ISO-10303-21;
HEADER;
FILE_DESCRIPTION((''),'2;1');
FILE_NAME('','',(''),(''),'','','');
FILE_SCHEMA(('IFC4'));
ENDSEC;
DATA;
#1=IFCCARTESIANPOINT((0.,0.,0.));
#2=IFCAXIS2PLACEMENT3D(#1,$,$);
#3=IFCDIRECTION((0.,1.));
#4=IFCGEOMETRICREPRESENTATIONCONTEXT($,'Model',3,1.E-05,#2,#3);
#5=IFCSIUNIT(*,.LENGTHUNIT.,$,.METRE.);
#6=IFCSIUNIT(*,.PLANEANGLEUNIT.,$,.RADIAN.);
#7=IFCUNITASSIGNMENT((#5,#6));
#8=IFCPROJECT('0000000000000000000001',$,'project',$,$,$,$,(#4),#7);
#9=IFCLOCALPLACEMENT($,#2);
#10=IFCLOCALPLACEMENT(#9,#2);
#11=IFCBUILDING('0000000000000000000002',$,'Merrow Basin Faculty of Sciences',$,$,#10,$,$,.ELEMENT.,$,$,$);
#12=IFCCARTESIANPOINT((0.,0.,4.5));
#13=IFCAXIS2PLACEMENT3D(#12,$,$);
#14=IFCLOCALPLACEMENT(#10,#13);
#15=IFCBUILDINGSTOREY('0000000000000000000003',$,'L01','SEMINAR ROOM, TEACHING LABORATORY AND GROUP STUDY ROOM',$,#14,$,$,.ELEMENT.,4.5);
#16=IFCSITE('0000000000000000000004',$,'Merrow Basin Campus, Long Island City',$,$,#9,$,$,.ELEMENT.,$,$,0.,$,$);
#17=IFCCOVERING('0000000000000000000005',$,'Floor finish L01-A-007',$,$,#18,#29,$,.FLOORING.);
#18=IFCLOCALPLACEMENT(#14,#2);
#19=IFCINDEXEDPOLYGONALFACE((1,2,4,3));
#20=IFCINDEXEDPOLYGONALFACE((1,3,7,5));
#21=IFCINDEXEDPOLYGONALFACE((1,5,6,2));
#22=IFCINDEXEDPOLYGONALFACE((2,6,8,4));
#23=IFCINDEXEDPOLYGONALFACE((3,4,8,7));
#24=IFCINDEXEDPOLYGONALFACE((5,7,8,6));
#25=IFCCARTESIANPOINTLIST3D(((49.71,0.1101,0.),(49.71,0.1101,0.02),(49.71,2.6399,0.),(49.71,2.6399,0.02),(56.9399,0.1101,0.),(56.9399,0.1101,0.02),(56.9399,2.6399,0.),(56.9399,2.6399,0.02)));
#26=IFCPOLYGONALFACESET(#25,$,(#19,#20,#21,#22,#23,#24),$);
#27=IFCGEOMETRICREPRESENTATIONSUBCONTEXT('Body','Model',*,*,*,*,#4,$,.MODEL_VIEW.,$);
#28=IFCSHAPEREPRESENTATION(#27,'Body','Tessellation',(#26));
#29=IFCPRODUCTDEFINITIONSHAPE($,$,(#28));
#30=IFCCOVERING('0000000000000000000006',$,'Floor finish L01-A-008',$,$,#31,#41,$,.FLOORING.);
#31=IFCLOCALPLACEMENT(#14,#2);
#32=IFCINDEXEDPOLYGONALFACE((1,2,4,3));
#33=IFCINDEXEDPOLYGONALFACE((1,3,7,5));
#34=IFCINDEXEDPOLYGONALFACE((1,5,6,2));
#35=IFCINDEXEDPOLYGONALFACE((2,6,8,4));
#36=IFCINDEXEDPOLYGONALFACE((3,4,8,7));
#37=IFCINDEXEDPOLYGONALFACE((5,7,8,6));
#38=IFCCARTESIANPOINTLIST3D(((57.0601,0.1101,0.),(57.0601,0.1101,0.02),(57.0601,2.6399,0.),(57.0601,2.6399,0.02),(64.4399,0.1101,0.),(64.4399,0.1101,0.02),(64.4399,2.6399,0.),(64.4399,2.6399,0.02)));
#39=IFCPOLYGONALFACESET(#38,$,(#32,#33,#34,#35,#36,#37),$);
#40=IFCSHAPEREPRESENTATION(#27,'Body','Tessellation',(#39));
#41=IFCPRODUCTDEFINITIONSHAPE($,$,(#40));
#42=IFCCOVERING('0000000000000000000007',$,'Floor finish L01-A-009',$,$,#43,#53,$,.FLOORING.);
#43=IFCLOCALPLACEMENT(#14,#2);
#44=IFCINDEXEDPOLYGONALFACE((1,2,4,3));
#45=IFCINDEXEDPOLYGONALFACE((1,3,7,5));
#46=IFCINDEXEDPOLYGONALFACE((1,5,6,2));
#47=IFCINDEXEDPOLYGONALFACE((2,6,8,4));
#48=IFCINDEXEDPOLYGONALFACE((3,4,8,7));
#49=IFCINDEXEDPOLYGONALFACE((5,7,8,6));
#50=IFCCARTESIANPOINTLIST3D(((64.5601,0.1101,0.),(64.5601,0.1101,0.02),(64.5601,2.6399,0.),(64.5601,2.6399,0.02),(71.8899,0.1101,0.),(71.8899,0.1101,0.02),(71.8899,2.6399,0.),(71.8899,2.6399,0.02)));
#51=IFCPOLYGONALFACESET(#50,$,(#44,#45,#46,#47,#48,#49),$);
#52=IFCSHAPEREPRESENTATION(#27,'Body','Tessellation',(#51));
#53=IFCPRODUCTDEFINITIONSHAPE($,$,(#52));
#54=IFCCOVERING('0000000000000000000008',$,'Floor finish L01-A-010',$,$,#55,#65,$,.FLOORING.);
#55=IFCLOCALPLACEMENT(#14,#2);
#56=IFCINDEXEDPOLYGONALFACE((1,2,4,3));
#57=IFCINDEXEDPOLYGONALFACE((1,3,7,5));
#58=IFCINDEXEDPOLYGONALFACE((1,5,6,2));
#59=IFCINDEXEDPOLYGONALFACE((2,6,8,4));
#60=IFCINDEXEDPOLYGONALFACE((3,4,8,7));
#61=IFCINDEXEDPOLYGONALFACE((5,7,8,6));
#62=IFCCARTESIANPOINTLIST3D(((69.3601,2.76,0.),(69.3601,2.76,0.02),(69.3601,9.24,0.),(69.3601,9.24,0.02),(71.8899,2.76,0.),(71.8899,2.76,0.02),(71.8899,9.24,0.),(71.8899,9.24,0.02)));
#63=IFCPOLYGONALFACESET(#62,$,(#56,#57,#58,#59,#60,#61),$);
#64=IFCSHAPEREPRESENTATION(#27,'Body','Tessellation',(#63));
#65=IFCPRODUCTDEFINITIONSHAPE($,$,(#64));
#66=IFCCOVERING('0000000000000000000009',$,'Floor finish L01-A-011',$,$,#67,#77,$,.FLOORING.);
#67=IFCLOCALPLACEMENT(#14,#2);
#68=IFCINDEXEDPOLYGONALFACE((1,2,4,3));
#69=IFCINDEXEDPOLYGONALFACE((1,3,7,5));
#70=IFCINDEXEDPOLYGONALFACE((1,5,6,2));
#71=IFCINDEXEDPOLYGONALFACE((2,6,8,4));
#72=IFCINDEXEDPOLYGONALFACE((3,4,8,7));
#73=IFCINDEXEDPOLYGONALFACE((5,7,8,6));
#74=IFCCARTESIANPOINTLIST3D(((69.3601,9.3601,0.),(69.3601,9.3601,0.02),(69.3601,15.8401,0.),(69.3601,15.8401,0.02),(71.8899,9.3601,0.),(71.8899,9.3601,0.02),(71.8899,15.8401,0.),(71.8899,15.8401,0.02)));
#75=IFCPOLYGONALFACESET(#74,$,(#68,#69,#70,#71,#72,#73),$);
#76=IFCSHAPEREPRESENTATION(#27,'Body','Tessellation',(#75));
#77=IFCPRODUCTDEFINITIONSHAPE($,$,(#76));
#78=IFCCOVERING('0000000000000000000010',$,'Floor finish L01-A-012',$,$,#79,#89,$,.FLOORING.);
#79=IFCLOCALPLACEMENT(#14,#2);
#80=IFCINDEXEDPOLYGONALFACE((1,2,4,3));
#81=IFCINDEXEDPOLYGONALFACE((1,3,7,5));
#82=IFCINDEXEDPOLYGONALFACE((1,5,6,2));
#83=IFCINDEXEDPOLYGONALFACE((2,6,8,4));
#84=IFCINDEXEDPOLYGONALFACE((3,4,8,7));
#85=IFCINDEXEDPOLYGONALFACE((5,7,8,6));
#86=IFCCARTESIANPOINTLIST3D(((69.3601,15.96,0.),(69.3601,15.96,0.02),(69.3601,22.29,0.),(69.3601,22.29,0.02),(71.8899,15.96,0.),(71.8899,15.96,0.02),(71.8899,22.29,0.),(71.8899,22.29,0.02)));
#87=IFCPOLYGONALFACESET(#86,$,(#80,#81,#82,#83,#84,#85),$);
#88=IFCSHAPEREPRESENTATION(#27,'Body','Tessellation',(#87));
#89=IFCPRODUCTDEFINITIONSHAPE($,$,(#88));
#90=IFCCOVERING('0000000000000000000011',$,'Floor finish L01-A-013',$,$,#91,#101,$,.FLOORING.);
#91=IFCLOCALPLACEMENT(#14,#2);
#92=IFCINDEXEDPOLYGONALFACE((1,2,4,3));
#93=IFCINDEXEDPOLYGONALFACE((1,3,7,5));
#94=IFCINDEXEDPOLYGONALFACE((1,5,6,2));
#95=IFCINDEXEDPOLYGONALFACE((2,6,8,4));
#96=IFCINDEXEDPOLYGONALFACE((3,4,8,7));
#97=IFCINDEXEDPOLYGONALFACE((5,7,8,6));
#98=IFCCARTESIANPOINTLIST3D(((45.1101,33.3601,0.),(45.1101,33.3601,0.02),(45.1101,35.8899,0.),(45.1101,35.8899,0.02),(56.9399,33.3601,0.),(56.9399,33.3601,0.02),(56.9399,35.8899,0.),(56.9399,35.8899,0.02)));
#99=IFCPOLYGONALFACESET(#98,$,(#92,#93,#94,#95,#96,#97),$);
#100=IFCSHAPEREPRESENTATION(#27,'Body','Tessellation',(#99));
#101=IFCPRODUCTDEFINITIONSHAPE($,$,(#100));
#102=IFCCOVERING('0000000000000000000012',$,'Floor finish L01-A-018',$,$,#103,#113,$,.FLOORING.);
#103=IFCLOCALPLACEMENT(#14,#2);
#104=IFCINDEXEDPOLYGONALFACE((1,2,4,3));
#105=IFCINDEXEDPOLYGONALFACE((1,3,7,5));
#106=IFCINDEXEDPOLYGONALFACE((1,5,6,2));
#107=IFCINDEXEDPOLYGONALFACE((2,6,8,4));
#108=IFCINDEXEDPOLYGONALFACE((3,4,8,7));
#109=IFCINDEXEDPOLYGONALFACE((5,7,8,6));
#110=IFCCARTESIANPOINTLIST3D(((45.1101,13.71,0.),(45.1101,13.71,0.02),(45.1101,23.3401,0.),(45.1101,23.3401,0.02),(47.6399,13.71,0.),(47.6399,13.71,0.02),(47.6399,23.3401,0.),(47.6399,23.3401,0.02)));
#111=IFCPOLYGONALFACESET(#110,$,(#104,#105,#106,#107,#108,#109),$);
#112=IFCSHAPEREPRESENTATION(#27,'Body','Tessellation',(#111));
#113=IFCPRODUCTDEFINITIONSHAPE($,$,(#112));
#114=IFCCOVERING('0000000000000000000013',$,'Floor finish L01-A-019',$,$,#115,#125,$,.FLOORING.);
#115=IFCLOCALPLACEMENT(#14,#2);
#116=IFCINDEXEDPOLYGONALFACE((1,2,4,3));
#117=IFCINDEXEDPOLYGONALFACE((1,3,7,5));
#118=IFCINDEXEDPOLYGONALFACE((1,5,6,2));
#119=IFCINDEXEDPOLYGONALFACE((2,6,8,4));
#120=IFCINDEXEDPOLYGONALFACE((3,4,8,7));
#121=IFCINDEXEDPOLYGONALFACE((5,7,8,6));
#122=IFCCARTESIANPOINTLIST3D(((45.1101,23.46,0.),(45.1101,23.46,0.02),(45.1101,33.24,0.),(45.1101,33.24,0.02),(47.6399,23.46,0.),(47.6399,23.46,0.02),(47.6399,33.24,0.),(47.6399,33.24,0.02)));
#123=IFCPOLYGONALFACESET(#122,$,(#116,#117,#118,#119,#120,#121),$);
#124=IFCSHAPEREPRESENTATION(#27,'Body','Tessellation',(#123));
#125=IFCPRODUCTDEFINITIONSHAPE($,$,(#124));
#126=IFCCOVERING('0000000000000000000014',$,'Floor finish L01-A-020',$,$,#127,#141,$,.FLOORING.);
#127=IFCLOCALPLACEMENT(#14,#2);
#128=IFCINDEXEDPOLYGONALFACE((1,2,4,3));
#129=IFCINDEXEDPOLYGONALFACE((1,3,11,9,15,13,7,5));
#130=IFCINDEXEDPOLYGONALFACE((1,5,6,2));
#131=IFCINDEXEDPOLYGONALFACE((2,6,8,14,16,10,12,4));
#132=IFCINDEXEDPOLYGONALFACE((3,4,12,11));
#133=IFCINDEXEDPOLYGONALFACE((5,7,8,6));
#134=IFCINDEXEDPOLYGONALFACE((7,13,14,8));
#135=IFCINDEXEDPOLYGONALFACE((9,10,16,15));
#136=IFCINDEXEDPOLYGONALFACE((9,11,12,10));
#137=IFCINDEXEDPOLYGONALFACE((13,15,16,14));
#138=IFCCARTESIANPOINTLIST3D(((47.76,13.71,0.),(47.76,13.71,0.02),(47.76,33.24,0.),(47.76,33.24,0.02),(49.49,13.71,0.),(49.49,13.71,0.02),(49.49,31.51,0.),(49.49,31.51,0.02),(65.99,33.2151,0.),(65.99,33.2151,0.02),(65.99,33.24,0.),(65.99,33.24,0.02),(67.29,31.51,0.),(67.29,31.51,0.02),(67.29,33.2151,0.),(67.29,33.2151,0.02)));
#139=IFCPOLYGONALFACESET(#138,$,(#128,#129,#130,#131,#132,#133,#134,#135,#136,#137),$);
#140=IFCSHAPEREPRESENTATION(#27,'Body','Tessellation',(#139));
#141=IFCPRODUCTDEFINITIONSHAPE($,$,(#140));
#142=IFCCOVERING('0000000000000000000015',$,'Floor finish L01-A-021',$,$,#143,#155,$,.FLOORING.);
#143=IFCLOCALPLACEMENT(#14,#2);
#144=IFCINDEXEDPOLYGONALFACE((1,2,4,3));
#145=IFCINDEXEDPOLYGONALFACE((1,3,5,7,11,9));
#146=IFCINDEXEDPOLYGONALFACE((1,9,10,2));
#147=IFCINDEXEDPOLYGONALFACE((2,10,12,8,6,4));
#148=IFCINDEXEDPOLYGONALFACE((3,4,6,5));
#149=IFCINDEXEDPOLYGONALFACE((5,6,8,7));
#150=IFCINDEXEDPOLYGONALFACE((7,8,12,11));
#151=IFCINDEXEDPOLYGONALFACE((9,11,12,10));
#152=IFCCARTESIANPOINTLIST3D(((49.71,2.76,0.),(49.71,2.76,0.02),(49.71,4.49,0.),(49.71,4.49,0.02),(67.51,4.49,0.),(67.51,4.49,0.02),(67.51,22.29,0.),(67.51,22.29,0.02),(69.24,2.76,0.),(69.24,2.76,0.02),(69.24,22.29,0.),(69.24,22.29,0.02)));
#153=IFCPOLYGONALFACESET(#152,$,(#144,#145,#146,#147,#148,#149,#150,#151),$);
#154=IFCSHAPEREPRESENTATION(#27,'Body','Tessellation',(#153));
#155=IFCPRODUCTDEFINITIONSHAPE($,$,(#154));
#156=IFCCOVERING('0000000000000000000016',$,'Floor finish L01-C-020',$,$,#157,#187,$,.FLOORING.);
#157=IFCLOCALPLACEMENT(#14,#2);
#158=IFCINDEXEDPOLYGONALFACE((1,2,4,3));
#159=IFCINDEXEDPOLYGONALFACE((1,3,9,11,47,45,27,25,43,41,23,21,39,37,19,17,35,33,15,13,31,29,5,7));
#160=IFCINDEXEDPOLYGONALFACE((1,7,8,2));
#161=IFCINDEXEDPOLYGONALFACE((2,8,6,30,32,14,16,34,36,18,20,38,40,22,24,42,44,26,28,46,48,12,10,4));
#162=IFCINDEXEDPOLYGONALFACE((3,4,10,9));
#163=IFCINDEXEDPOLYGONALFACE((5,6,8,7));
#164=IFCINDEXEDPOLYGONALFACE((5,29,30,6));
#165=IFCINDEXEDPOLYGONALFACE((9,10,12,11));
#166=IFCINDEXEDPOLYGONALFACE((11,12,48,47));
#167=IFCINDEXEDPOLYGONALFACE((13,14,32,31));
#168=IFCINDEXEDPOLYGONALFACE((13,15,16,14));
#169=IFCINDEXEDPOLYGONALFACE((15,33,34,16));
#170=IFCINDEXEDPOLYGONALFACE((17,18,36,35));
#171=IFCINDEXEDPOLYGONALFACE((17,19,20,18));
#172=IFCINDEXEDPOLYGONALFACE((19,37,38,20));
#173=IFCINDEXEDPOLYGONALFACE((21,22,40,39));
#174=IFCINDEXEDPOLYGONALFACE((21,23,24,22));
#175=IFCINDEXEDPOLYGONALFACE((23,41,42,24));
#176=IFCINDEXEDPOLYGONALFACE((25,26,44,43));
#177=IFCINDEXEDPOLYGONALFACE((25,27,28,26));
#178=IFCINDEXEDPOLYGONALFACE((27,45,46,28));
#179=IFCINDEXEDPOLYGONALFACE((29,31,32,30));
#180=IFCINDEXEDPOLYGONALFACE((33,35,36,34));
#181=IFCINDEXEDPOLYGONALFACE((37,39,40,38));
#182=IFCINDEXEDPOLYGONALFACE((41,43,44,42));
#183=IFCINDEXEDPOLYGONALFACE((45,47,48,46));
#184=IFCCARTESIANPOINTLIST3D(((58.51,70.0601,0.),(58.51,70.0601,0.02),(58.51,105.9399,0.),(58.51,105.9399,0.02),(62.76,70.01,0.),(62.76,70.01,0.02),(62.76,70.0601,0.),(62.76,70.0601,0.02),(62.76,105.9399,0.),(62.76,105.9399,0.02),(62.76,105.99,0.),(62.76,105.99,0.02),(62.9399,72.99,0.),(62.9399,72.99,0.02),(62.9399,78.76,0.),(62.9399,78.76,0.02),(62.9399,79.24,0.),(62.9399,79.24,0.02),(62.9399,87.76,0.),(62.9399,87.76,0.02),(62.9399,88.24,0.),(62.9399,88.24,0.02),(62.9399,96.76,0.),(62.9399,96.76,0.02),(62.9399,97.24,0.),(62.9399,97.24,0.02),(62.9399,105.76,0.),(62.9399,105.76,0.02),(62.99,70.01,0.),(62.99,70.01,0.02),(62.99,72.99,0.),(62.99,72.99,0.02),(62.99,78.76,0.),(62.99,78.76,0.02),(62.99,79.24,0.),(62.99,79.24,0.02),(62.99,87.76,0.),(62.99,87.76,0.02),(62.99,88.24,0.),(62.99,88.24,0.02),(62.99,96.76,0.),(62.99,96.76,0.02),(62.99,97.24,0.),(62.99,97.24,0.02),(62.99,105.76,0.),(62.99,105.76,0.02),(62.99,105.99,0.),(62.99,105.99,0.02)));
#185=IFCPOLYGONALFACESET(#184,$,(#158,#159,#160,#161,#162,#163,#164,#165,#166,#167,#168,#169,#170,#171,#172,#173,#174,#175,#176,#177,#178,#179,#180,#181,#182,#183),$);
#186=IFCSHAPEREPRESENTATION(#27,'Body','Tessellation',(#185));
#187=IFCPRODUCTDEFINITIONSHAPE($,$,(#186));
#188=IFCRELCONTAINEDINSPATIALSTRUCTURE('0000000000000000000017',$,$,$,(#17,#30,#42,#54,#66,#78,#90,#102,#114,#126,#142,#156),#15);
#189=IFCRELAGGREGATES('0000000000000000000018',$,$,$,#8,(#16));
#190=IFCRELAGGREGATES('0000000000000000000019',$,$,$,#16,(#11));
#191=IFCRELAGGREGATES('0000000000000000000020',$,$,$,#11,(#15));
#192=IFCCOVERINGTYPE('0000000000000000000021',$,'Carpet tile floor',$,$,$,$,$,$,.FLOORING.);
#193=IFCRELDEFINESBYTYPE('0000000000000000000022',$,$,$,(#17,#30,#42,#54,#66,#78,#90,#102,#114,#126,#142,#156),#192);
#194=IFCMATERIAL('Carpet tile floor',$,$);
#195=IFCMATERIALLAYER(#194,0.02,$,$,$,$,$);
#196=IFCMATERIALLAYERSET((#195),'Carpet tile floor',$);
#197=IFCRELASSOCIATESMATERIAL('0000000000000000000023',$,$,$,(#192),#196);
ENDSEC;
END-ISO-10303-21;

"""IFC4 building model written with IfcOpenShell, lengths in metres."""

from ifc_helpers import new_model, si_unit, direction, frame, origin, place, context, subcontext, project, spatial, polyline, outline, extrude, material, layer, layer_set, type_object, element, save


model = new_model("IFC4")

# Units and contexts
model_context = context("Model", 3, precision=1e-05, world=origin(), true_north=direction((0.0, 1.0)))
body_context = subcontext(model_context, "Body", "Model", "MODEL_VIEW")
ifc_project = project(units=[si_unit("LENGTHUNIT", "METRE"), si_unit("PLANEANGLEUNIT", "RADIAN")], contexts=[model_context])

# Site, building, storey
site_placement = place(None, origin())
site = spatial("IfcSite", under=ifc_project, at=site_placement, Name="Merrow Basin Campus, Long Island City", CompositionType="ELEMENT", RefElevation=0.0)
building_placement = place(site_placement, origin())
building = spatial("IfcBuilding", under=site, at=building_placement, Name="Merrow Basin Faculty of Sciences", CompositionType="ELEMENT")
storey_placement = place(building_placement, frame((0.0, 0.0, 4.5)))
storey = spatial("IfcBuildingStorey", under=building, at=storey_placement, Name="L01", Description="SEMINAR ROOM, TEACHING LABORATORY AND GROUP STUDY ROOM", CompositionType="ELEMENT", Elevation=4.5)

# Coverings
ifc_material_1 = material(Name="Carpet tile floor")
ifc_layer_1 = layer(ifc_material_1, 0.02)
ifc_layer_set_1 = layer_set([ifc_layer_1], Name="Carpet tile floor")
covering_type_1 = type_object("IfcCoveringType", Name="Carpet tile floor", PredefinedType="FLOORING", material=ifc_layer_set_1)
covering_1_placement = place(storey_placement, origin())
element("IfcCovering", 1, at=covering_1_placement, inside=storey, type_object=covering_type_1, Name="Floor finish L01-A-007", PredefinedType="FLOORING", context=body_context, shape_type="SweptSolid", body=[
    extrude(outline(polyline([(49.71, 0.1101), (49.71, 2.6399), (56.9399, 2.6399), (56.9399, 0.1101), (49.71, 0.1101)])), origin(), (0.0, 0.0, 1.0), 0.02),
])
covering_2_placement = place(storey_placement, origin())
element("IfcCovering", 2, at=covering_2_placement, inside=storey, type_object=covering_type_1, Name="Floor finish L01-A-008", PredefinedType="FLOORING", context=body_context, shape_type="SweptSolid", body=[
    extrude(outline(polyline([(57.0601, 0.1101), (57.0601, 2.6399), (64.4399, 2.6399), (64.4399, 0.1101), (57.0601, 0.1101)])), origin(), (0.0, 0.0, 1.0), 0.02),
])
covering_3_placement = place(storey_placement, origin())
element("IfcCovering", 3, at=covering_3_placement, inside=storey, type_object=covering_type_1, Name="Floor finish L01-A-009", PredefinedType="FLOORING", context=body_context, shape_type="SweptSolid", body=[
    extrude(outline(polyline([(71.8899, 0.1101), (64.5601, 0.1101), (64.5601, 2.6399), (71.8899, 2.6399), (71.8899, 0.1101)])), origin(), (0.0, 0.0, 1.0), 0.02),
])
covering_4_placement = place(storey_placement, origin())
element("IfcCovering", 4, at=covering_4_placement, inside=storey, type_object=covering_type_1, Name="Floor finish L01-A-010", PredefinedType="FLOORING", context=body_context, shape_type="SweptSolid", body=[
    extrude(outline(polyline([(71.8899, 2.76), (69.3601, 2.76), (69.3601, 9.24), (71.8899, 9.24), (71.8899, 2.76)])), origin(), (0.0, 0.0, 1.0), 0.02),
])
covering_5_placement = place(storey_placement, origin())
element("IfcCovering", 5, at=covering_5_placement, inside=storey, type_object=covering_type_1, Name="Floor finish L01-A-011", PredefinedType="FLOORING", context=body_context, shape_type="SweptSolid", body=[
    extrude(outline(polyline([(71.8899, 9.3601), (69.3601, 9.3601), (69.3601, 15.8401), (71.8899, 15.8401), (71.8899, 9.3601)])), origin(), (0.0, 0.0, 1.0), 0.02),
])
covering_6_placement = place(storey_placement, origin())
element("IfcCovering", 6, at=covering_6_placement, inside=storey, type_object=covering_type_1, Name="Floor finish L01-A-012", PredefinedType="FLOORING", context=body_context, shape_type="SweptSolid", body=[
    extrude(outline(polyline([(71.8899, 15.96), (69.3601, 15.96), (69.3601, 22.29), (71.8899, 22.29), (71.8899, 15.96)])), origin(), (0.0, 0.0, 1.0), 0.02),
])
covering_7_placement = place(storey_placement, origin())
element("IfcCovering", 7, at=covering_7_placement, inside=storey, type_object=covering_type_1, Name="Floor finish L01-A-013", PredefinedType="FLOORING", context=body_context, shape_type="SweptSolid", body=[
    extrude(outline(polyline([(45.1101, 35.8899), (56.9399, 35.8899), (56.9399, 33.3601), (45.1101, 33.3601), (45.1101, 35.8899)])), origin(), (0.0, 0.0, 1.0), 0.02),
])
covering_8_placement = place(storey_placement, origin())
element("IfcCovering", 8, at=covering_8_placement, inside=storey, type_object=covering_type_1, Name="Floor finish L01-A-018", PredefinedType="FLOORING", context=body_context, shape_type="SweptSolid", body=[
    extrude(outline(polyline([(45.1101, 23.3401), (47.6399, 23.3401), (47.6399, 13.71), (45.1101, 13.71), (45.1101, 23.3401)])), origin(), (0.0, 0.0, 1.0), 0.02),
])
covering_9_placement = place(storey_placement, origin())
element("IfcCovering", 9, at=covering_9_placement, inside=storey, type_object=covering_type_1, Name="Floor finish L01-A-019", PredefinedType="FLOORING", context=body_context, shape_type="SweptSolid", body=[
    extrude(outline(polyline([(47.6399, 23.46), (45.1101, 23.46), (45.1101, 33.24), (47.6399, 33.24), (47.6399, 23.46)])), origin(), (0.0, 0.0, 1.0), 0.02),
])
covering_10_placement = place(storey_placement, origin())
element("IfcCovering", 10, at=covering_10_placement, inside=storey, type_object=covering_type_1, Name="Floor finish L01-A-020", PredefinedType="FLOORING", context=body_context, shape_type="SweptSolid", body=[
    extrude(outline(polyline([(49.49, 31.51), (49.49, 13.71), (47.76, 13.71), (47.76, 33.24), (65.99, 33.24), (65.99, 33.2151), (67.29, 33.2151), (67.29, 31.51), (49.49, 31.51)])), origin(), (0.0, 0.0, 1.0), 0.02),
])
covering_11_placement = place(storey_placement, origin())
element("IfcCovering", 11, at=covering_11_placement, inside=storey, type_object=covering_type_1, Name="Floor finish L01-A-021", PredefinedType="FLOORING", context=body_context, shape_type="SweptSolid", body=[
    extrude(outline(polyline([(67.51, 4.49), (67.51, 22.29), (69.24, 22.29), (69.24, 2.76), (49.71, 2.76), (49.71, 4.49), (67.51, 4.49)])), origin(), (0.0, 0.0, 1.0), 0.02),
])
covering_12_placement = place(storey_placement, origin())
element("IfcCovering", 12, at=covering_12_placement, inside=storey, type_object=covering_type_1, Name="Floor finish L01-C-020", PredefinedType="FLOORING", context=body_context, shape_type="SweptSolid", body=[
    extrude(outline(polyline([(62.99, 105.99), (62.99, 105.76), (62.9399, 105.76), (62.9399, 97.24), (62.99, 97.24), (62.99, 96.76), (62.9399, 96.76), (62.9399, 88.24), (62.99, 88.24), (62.99, 87.76), (62.9399, 87.76), (62.9399, 79.24), (62.99, 79.24), (62.99, 78.76), (62.9399, 78.76), (62.9399, 72.99), (62.99, 72.99), (62.99, 70.01), (62.76, 70.01), (62.76, 70.0601), (58.51, 70.0601), (58.51, 105.9399), (62.76, 105.9399), (62.76, 105.99), (62.99, 105.99)])), origin(), (0.0, 0.0, 1.0), 0.02),
])

save(model, "model.ifc")
